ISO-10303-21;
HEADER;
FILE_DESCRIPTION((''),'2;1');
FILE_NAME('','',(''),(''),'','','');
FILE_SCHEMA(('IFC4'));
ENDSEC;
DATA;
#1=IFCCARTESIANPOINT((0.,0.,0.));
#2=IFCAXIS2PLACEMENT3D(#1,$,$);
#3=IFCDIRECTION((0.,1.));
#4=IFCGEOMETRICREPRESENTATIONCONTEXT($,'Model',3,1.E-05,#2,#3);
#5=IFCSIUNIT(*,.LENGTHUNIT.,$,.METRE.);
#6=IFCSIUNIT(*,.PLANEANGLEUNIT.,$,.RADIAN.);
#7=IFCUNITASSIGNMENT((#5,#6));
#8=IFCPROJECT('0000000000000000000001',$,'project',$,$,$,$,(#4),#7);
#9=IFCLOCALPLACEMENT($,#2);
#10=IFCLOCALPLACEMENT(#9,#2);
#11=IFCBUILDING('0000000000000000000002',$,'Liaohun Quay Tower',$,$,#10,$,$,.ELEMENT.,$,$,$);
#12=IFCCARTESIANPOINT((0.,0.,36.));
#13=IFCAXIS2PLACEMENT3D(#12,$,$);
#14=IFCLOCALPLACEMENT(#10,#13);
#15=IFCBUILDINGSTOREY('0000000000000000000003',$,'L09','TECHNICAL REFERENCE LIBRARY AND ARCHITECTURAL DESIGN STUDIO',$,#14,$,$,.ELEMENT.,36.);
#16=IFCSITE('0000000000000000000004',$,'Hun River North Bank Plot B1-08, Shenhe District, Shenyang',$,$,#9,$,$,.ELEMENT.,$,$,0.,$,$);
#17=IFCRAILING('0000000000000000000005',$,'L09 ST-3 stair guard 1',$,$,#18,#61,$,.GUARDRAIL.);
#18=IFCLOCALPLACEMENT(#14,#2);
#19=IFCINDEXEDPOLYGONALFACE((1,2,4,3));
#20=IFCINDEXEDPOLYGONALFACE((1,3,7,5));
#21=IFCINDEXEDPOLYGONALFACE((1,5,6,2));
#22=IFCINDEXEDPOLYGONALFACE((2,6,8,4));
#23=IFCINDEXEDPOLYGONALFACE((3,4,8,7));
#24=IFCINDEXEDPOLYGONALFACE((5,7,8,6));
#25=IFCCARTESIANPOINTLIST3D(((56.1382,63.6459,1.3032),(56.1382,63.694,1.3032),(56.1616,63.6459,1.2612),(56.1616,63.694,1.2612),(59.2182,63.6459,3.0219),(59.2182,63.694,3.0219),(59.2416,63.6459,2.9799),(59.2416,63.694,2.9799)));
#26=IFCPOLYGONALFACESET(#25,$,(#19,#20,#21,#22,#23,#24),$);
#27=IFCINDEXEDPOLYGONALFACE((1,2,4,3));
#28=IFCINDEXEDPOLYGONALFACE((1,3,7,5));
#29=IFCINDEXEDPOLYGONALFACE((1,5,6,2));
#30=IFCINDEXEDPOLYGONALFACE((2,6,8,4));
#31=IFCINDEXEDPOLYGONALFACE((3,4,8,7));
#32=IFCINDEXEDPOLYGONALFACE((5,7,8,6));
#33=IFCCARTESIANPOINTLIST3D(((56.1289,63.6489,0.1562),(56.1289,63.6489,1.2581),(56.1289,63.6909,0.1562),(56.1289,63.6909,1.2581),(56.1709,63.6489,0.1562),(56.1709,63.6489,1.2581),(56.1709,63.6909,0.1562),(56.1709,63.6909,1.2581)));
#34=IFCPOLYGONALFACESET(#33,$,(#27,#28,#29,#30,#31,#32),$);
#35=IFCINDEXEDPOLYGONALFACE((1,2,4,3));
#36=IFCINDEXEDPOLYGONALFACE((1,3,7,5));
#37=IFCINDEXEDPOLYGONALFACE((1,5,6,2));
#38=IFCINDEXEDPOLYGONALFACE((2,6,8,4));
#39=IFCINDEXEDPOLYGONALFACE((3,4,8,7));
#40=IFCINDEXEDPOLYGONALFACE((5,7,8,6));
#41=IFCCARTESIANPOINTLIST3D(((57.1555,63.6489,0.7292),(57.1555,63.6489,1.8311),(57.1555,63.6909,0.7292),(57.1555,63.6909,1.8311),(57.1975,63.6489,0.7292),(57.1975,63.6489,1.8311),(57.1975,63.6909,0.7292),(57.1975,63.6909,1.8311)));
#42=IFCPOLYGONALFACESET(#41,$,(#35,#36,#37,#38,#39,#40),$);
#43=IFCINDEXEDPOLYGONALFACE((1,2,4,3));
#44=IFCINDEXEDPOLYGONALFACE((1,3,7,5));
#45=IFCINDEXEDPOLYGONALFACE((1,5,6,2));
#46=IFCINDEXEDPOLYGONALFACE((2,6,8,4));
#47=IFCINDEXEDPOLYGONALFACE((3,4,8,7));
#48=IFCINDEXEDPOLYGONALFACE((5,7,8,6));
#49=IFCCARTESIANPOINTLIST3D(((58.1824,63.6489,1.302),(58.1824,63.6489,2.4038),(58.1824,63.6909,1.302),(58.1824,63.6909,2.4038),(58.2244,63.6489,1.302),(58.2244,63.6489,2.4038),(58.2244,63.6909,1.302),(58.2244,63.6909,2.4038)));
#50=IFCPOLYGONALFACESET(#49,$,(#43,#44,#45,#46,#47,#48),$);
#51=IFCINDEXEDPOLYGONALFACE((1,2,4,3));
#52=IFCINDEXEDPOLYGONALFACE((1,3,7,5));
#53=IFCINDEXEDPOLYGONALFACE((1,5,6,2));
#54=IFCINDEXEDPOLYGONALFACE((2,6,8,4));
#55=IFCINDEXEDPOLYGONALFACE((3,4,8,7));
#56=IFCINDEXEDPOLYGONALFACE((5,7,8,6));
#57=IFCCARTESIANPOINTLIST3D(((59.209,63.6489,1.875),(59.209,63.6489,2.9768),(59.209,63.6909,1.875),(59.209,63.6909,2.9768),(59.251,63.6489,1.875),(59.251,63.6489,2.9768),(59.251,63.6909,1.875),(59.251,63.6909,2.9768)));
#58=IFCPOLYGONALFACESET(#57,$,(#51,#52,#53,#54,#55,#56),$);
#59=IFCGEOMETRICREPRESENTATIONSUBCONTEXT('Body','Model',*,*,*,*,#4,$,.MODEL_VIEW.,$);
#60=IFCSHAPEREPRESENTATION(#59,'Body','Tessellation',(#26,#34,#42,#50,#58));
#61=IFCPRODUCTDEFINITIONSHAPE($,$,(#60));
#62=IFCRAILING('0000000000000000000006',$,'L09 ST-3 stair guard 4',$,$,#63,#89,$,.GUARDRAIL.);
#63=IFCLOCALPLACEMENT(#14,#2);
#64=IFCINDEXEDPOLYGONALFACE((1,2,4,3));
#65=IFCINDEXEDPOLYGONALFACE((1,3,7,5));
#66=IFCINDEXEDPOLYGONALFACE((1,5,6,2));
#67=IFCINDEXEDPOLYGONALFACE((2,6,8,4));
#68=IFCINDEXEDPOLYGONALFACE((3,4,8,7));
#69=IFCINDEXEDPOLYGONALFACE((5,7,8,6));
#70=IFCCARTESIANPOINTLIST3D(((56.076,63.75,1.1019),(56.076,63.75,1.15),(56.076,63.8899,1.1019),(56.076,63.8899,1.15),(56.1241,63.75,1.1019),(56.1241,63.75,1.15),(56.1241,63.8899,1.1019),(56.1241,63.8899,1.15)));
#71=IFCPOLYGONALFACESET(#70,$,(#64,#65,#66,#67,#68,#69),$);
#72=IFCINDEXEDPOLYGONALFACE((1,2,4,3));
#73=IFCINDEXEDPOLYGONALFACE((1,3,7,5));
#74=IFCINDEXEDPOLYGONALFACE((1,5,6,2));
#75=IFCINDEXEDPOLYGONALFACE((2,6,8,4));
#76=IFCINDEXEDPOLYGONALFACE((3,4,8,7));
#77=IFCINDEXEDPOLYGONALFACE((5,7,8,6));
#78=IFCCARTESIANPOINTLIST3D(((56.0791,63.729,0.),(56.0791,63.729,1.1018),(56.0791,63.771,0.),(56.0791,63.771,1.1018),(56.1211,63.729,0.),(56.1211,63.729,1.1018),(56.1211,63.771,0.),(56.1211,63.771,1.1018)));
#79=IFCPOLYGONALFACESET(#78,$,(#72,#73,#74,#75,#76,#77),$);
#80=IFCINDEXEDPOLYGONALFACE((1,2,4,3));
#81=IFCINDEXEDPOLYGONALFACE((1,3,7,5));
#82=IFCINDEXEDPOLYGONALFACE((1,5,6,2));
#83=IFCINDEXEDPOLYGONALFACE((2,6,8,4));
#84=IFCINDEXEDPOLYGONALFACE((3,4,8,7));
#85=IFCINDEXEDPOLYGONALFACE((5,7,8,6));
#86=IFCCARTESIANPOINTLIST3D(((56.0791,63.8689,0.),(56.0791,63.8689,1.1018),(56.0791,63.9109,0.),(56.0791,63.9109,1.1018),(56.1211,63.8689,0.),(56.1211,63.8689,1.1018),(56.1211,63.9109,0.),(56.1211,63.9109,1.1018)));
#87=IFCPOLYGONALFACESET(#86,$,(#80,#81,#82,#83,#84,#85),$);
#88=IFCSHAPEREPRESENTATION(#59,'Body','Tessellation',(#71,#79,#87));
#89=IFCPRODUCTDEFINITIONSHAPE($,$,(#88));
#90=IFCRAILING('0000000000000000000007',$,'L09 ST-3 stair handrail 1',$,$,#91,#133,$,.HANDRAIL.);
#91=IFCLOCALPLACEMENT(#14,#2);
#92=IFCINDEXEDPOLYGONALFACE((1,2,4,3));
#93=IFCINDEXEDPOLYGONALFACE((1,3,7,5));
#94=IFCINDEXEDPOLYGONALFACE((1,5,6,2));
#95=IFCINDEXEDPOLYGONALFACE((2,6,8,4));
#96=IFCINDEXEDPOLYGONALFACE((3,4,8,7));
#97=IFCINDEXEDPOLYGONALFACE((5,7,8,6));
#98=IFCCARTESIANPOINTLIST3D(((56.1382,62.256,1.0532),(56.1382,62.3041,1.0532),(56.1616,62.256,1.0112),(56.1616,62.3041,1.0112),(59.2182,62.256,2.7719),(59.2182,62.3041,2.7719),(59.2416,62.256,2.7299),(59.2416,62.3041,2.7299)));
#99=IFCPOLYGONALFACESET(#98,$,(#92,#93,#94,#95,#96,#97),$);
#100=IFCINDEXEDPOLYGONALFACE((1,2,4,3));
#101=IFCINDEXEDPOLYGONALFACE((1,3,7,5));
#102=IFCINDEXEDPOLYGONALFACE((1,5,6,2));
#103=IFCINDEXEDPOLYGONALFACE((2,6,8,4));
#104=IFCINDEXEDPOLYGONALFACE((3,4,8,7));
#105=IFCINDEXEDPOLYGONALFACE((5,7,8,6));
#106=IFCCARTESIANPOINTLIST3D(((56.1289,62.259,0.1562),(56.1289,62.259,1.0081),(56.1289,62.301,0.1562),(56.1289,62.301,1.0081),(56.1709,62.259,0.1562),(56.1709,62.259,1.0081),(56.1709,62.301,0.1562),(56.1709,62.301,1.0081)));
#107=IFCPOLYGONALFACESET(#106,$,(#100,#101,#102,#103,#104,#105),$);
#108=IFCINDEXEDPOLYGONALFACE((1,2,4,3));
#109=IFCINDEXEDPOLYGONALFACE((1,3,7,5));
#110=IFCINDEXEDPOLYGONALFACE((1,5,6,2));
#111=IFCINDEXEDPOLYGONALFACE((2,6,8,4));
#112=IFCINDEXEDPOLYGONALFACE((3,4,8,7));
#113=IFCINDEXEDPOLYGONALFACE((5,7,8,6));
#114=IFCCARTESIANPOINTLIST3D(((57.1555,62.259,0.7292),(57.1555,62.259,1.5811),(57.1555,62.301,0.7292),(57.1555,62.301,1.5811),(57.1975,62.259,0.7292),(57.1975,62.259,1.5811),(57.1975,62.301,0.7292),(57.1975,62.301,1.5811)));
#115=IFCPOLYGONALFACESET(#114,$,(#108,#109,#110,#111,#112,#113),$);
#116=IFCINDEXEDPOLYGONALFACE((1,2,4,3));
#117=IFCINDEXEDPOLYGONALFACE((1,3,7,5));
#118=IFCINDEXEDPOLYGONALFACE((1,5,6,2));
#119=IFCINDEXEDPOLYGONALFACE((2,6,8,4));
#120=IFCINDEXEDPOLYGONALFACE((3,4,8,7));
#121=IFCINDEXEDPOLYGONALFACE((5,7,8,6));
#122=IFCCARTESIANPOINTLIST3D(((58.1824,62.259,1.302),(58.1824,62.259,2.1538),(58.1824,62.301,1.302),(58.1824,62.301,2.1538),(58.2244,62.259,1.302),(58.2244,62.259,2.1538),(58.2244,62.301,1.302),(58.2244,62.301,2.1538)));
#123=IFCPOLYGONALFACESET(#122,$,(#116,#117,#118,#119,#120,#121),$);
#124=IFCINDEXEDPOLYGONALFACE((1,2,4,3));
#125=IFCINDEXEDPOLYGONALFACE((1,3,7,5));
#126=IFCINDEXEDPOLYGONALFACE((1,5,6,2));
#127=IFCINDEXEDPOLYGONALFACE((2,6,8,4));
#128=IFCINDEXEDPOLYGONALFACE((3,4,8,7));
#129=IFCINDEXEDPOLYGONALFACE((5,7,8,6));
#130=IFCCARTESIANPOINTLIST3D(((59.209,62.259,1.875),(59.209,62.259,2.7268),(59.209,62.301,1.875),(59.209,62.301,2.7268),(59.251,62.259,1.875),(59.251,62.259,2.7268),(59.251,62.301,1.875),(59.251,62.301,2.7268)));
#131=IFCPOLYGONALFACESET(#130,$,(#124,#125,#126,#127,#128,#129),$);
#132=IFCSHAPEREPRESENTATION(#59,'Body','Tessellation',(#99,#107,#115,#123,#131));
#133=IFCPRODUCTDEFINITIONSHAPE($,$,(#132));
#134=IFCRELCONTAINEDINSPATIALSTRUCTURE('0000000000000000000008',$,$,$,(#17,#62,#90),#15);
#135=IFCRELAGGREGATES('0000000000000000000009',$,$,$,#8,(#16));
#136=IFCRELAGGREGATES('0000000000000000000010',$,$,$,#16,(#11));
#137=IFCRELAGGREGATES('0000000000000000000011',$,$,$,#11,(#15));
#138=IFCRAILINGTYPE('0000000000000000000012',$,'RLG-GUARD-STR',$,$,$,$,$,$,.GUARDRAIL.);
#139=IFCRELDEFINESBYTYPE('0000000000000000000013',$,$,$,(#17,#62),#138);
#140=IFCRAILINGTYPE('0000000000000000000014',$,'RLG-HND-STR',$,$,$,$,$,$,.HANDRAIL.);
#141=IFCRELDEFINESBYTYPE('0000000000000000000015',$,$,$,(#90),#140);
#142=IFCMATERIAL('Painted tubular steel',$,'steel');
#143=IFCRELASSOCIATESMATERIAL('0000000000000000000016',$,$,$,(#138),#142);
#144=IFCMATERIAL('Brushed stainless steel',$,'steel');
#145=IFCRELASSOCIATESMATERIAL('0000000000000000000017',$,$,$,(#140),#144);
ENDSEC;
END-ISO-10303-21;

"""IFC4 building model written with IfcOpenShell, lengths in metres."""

from ifc_helpers import new_model, si_unit, direction, frame, origin, origin_2d, place, context, subcontext, project, spatial, rectangle, extrude, material, type_object, element, save


model = new_model("IFC4")

# Units and contexts
model_context = context("Model", 3, precision=1e-05, world=origin(), true_north=direction((0.0, 1.0)))
body_context = subcontext(model_context, "Body", "Model", "MODEL_VIEW")
ifc_project = project(units=[si_unit("LENGTHUNIT", "METRE"), si_unit("PLANEANGLEUNIT", "RADIAN")], contexts=[model_context])

# Site, building, storey
site_placement = place(None, origin())
site = spatial("IfcSite", under=ifc_project, at=site_placement, Name="Hun River North Bank Plot B1-08, Shenhe District, Shenyang", CompositionType="ELEMENT", RefElevation=0.0)
building_placement = place(site_placement, origin())
building = spatial("IfcBuilding", under=site, at=building_placement, Name="Liaohun Quay Tower", CompositionType="ELEMENT")
storey_placement = place(building_placement, frame((0.0, 0.0, 36.0)))
storey = spatial("IfcBuildingStorey", under=building, at=storey_placement, Name="L09", Description="TECHNICAL REFERENCE LIBRARY AND ARCHITECTURAL DESIGN STUDIO", CompositionType="ELEMENT", Elevation=36.0)

# Railings
ifc_material_1 = material(Name="Painted tubular steel", Category="steel")
railing_type_1 = type_object("IfcRailingType", Name="RLG-GUARD-STR", PredefinedType="GUARDRAIL", material=ifc_material_1)
railing_1_placement = place(storey_placement, frame((56.1499, 63.6699, 0.1562)))
element("IfcRailing", 1, at=railing_1_placement, inside=storey, type_object=railing_type_1, Name="L09 ST-3 stair guard 1", PredefinedType="GUARDRAIL", context=body_context, shape_type="SweptSolid", body=[
    extrude(rectangle(XDim=0.0481, YDim=0.0481, at=origin_2d()), frame((0.0, 0.0, 1.126), z_axis=(0.873242, 0.0, 0.487288), x_axis=(0.0, 1.0, 0.0)), (0.0, 0.0, 1.0), 3.5271),
    extrude(rectangle(XDim=0.042, YDim=0.042, at=origin_2d()), origin(), (0.0, 0.0, 1.0), 1.1018),
    extrude(rectangle(XDim=0.042, YDim=0.042, at=origin_2d()), frame((1.0266, 0.0, 0.573)), (0.0, 0.0, 1.0), 1.1018),
    extrude(rectangle(XDim=0.042, YDim=0.042, at=origin_2d()), frame((2.0535, 0.0, 1.1458)), (0.0, 0.0, 1.0), 1.1018),
    extrude(rectangle(XDim=0.042, YDim=0.042, at=origin_2d()), frame((3.0801, 0.0, 1.7188)), (0.0, 0.0, 1.0), 1.1018),
])
railing_2_placement = place(storey_placement, frame((56.1001, 63.75, 0.0)))
element("IfcRailing", 2, at=railing_2_placement, inside=storey, type_object=railing_type_1, Name="L09 ST-3 stair guard 4", PredefinedType="GUARDRAIL", context=body_context, shape_type="SweptSolid", body=[
    extrude(rectangle(XDim=0.0481, YDim=0.0481, at=origin_2d()), frame((0.0, 0.0, 1.126), z_axis=(0.0, 1.0, 0.0), x_axis=(-1.0, 0.0, 0.0)), (0.0, 0.0, 1.0), 0.1399),
    extrude(rectangle(XDim=0.042, YDim=0.042, at=origin_2d()), origin(), (0.0, 0.0, 1.0), 1.1018),
    extrude(rectangle(XDim=0.042, YDim=0.042, at=origin_2d()), frame((0.0, 0.1399, 0.0)), (0.0, 0.0, 1.0), 1.1018),
])
ifc_material_2 = material(Name="Brushed stainless steel", Category="steel")
railing_type_2 = type_object("IfcRailingType", Name="RLG-HND-STR", PredefinedType="HANDRAIL", material=ifc_material_2)
railing_3_placement = place(storey_placement, frame((56.1499, 62.28, 0.1562)))
element("IfcRailing", 3, at=railing_3_placement, inside=storey, type_object=railing_type_2, Name="L09 ST-3 stair handrail 1", PredefinedType="HANDRAIL", context=body_context, shape_type="SweptSolid", body=[
    extrude(rectangle(XDim=0.0481, YDim=0.0481, at=origin_2d()), frame((0.0, 0.0, 0.876), z_axis=(0.873242, 0.0, 0.487288), x_axis=(0.0, 1.0, 0.0)), (0.0, 0.0, 1.0), 3.5271),
    extrude(rectangle(XDim=0.042, YDim=0.042, at=origin_2d()), origin(), (0.0, 0.0, 1.0), 0.8518),
    extrude(rectangle(XDim=0.042, YDim=0.042, at=origin_2d()), frame((1.0266, 0.0, 0.573)), (0.0, 0.0, 1.0), 0.8518),
    extrude(rectangle(XDim=0.042, YDim=0.042, at=origin_2d()), frame((2.0535, 0.0, 1.1458)), (0.0, 0.0, 1.0), 0.8518),
    extrude(rectangle(XDim=0.042, YDim=0.042, at=origin_2d()), frame((3.0801, 0.0, 1.7188)), (0.0, 0.0, 1.0), 0.8518),
])

save(model, "model.ifc")
